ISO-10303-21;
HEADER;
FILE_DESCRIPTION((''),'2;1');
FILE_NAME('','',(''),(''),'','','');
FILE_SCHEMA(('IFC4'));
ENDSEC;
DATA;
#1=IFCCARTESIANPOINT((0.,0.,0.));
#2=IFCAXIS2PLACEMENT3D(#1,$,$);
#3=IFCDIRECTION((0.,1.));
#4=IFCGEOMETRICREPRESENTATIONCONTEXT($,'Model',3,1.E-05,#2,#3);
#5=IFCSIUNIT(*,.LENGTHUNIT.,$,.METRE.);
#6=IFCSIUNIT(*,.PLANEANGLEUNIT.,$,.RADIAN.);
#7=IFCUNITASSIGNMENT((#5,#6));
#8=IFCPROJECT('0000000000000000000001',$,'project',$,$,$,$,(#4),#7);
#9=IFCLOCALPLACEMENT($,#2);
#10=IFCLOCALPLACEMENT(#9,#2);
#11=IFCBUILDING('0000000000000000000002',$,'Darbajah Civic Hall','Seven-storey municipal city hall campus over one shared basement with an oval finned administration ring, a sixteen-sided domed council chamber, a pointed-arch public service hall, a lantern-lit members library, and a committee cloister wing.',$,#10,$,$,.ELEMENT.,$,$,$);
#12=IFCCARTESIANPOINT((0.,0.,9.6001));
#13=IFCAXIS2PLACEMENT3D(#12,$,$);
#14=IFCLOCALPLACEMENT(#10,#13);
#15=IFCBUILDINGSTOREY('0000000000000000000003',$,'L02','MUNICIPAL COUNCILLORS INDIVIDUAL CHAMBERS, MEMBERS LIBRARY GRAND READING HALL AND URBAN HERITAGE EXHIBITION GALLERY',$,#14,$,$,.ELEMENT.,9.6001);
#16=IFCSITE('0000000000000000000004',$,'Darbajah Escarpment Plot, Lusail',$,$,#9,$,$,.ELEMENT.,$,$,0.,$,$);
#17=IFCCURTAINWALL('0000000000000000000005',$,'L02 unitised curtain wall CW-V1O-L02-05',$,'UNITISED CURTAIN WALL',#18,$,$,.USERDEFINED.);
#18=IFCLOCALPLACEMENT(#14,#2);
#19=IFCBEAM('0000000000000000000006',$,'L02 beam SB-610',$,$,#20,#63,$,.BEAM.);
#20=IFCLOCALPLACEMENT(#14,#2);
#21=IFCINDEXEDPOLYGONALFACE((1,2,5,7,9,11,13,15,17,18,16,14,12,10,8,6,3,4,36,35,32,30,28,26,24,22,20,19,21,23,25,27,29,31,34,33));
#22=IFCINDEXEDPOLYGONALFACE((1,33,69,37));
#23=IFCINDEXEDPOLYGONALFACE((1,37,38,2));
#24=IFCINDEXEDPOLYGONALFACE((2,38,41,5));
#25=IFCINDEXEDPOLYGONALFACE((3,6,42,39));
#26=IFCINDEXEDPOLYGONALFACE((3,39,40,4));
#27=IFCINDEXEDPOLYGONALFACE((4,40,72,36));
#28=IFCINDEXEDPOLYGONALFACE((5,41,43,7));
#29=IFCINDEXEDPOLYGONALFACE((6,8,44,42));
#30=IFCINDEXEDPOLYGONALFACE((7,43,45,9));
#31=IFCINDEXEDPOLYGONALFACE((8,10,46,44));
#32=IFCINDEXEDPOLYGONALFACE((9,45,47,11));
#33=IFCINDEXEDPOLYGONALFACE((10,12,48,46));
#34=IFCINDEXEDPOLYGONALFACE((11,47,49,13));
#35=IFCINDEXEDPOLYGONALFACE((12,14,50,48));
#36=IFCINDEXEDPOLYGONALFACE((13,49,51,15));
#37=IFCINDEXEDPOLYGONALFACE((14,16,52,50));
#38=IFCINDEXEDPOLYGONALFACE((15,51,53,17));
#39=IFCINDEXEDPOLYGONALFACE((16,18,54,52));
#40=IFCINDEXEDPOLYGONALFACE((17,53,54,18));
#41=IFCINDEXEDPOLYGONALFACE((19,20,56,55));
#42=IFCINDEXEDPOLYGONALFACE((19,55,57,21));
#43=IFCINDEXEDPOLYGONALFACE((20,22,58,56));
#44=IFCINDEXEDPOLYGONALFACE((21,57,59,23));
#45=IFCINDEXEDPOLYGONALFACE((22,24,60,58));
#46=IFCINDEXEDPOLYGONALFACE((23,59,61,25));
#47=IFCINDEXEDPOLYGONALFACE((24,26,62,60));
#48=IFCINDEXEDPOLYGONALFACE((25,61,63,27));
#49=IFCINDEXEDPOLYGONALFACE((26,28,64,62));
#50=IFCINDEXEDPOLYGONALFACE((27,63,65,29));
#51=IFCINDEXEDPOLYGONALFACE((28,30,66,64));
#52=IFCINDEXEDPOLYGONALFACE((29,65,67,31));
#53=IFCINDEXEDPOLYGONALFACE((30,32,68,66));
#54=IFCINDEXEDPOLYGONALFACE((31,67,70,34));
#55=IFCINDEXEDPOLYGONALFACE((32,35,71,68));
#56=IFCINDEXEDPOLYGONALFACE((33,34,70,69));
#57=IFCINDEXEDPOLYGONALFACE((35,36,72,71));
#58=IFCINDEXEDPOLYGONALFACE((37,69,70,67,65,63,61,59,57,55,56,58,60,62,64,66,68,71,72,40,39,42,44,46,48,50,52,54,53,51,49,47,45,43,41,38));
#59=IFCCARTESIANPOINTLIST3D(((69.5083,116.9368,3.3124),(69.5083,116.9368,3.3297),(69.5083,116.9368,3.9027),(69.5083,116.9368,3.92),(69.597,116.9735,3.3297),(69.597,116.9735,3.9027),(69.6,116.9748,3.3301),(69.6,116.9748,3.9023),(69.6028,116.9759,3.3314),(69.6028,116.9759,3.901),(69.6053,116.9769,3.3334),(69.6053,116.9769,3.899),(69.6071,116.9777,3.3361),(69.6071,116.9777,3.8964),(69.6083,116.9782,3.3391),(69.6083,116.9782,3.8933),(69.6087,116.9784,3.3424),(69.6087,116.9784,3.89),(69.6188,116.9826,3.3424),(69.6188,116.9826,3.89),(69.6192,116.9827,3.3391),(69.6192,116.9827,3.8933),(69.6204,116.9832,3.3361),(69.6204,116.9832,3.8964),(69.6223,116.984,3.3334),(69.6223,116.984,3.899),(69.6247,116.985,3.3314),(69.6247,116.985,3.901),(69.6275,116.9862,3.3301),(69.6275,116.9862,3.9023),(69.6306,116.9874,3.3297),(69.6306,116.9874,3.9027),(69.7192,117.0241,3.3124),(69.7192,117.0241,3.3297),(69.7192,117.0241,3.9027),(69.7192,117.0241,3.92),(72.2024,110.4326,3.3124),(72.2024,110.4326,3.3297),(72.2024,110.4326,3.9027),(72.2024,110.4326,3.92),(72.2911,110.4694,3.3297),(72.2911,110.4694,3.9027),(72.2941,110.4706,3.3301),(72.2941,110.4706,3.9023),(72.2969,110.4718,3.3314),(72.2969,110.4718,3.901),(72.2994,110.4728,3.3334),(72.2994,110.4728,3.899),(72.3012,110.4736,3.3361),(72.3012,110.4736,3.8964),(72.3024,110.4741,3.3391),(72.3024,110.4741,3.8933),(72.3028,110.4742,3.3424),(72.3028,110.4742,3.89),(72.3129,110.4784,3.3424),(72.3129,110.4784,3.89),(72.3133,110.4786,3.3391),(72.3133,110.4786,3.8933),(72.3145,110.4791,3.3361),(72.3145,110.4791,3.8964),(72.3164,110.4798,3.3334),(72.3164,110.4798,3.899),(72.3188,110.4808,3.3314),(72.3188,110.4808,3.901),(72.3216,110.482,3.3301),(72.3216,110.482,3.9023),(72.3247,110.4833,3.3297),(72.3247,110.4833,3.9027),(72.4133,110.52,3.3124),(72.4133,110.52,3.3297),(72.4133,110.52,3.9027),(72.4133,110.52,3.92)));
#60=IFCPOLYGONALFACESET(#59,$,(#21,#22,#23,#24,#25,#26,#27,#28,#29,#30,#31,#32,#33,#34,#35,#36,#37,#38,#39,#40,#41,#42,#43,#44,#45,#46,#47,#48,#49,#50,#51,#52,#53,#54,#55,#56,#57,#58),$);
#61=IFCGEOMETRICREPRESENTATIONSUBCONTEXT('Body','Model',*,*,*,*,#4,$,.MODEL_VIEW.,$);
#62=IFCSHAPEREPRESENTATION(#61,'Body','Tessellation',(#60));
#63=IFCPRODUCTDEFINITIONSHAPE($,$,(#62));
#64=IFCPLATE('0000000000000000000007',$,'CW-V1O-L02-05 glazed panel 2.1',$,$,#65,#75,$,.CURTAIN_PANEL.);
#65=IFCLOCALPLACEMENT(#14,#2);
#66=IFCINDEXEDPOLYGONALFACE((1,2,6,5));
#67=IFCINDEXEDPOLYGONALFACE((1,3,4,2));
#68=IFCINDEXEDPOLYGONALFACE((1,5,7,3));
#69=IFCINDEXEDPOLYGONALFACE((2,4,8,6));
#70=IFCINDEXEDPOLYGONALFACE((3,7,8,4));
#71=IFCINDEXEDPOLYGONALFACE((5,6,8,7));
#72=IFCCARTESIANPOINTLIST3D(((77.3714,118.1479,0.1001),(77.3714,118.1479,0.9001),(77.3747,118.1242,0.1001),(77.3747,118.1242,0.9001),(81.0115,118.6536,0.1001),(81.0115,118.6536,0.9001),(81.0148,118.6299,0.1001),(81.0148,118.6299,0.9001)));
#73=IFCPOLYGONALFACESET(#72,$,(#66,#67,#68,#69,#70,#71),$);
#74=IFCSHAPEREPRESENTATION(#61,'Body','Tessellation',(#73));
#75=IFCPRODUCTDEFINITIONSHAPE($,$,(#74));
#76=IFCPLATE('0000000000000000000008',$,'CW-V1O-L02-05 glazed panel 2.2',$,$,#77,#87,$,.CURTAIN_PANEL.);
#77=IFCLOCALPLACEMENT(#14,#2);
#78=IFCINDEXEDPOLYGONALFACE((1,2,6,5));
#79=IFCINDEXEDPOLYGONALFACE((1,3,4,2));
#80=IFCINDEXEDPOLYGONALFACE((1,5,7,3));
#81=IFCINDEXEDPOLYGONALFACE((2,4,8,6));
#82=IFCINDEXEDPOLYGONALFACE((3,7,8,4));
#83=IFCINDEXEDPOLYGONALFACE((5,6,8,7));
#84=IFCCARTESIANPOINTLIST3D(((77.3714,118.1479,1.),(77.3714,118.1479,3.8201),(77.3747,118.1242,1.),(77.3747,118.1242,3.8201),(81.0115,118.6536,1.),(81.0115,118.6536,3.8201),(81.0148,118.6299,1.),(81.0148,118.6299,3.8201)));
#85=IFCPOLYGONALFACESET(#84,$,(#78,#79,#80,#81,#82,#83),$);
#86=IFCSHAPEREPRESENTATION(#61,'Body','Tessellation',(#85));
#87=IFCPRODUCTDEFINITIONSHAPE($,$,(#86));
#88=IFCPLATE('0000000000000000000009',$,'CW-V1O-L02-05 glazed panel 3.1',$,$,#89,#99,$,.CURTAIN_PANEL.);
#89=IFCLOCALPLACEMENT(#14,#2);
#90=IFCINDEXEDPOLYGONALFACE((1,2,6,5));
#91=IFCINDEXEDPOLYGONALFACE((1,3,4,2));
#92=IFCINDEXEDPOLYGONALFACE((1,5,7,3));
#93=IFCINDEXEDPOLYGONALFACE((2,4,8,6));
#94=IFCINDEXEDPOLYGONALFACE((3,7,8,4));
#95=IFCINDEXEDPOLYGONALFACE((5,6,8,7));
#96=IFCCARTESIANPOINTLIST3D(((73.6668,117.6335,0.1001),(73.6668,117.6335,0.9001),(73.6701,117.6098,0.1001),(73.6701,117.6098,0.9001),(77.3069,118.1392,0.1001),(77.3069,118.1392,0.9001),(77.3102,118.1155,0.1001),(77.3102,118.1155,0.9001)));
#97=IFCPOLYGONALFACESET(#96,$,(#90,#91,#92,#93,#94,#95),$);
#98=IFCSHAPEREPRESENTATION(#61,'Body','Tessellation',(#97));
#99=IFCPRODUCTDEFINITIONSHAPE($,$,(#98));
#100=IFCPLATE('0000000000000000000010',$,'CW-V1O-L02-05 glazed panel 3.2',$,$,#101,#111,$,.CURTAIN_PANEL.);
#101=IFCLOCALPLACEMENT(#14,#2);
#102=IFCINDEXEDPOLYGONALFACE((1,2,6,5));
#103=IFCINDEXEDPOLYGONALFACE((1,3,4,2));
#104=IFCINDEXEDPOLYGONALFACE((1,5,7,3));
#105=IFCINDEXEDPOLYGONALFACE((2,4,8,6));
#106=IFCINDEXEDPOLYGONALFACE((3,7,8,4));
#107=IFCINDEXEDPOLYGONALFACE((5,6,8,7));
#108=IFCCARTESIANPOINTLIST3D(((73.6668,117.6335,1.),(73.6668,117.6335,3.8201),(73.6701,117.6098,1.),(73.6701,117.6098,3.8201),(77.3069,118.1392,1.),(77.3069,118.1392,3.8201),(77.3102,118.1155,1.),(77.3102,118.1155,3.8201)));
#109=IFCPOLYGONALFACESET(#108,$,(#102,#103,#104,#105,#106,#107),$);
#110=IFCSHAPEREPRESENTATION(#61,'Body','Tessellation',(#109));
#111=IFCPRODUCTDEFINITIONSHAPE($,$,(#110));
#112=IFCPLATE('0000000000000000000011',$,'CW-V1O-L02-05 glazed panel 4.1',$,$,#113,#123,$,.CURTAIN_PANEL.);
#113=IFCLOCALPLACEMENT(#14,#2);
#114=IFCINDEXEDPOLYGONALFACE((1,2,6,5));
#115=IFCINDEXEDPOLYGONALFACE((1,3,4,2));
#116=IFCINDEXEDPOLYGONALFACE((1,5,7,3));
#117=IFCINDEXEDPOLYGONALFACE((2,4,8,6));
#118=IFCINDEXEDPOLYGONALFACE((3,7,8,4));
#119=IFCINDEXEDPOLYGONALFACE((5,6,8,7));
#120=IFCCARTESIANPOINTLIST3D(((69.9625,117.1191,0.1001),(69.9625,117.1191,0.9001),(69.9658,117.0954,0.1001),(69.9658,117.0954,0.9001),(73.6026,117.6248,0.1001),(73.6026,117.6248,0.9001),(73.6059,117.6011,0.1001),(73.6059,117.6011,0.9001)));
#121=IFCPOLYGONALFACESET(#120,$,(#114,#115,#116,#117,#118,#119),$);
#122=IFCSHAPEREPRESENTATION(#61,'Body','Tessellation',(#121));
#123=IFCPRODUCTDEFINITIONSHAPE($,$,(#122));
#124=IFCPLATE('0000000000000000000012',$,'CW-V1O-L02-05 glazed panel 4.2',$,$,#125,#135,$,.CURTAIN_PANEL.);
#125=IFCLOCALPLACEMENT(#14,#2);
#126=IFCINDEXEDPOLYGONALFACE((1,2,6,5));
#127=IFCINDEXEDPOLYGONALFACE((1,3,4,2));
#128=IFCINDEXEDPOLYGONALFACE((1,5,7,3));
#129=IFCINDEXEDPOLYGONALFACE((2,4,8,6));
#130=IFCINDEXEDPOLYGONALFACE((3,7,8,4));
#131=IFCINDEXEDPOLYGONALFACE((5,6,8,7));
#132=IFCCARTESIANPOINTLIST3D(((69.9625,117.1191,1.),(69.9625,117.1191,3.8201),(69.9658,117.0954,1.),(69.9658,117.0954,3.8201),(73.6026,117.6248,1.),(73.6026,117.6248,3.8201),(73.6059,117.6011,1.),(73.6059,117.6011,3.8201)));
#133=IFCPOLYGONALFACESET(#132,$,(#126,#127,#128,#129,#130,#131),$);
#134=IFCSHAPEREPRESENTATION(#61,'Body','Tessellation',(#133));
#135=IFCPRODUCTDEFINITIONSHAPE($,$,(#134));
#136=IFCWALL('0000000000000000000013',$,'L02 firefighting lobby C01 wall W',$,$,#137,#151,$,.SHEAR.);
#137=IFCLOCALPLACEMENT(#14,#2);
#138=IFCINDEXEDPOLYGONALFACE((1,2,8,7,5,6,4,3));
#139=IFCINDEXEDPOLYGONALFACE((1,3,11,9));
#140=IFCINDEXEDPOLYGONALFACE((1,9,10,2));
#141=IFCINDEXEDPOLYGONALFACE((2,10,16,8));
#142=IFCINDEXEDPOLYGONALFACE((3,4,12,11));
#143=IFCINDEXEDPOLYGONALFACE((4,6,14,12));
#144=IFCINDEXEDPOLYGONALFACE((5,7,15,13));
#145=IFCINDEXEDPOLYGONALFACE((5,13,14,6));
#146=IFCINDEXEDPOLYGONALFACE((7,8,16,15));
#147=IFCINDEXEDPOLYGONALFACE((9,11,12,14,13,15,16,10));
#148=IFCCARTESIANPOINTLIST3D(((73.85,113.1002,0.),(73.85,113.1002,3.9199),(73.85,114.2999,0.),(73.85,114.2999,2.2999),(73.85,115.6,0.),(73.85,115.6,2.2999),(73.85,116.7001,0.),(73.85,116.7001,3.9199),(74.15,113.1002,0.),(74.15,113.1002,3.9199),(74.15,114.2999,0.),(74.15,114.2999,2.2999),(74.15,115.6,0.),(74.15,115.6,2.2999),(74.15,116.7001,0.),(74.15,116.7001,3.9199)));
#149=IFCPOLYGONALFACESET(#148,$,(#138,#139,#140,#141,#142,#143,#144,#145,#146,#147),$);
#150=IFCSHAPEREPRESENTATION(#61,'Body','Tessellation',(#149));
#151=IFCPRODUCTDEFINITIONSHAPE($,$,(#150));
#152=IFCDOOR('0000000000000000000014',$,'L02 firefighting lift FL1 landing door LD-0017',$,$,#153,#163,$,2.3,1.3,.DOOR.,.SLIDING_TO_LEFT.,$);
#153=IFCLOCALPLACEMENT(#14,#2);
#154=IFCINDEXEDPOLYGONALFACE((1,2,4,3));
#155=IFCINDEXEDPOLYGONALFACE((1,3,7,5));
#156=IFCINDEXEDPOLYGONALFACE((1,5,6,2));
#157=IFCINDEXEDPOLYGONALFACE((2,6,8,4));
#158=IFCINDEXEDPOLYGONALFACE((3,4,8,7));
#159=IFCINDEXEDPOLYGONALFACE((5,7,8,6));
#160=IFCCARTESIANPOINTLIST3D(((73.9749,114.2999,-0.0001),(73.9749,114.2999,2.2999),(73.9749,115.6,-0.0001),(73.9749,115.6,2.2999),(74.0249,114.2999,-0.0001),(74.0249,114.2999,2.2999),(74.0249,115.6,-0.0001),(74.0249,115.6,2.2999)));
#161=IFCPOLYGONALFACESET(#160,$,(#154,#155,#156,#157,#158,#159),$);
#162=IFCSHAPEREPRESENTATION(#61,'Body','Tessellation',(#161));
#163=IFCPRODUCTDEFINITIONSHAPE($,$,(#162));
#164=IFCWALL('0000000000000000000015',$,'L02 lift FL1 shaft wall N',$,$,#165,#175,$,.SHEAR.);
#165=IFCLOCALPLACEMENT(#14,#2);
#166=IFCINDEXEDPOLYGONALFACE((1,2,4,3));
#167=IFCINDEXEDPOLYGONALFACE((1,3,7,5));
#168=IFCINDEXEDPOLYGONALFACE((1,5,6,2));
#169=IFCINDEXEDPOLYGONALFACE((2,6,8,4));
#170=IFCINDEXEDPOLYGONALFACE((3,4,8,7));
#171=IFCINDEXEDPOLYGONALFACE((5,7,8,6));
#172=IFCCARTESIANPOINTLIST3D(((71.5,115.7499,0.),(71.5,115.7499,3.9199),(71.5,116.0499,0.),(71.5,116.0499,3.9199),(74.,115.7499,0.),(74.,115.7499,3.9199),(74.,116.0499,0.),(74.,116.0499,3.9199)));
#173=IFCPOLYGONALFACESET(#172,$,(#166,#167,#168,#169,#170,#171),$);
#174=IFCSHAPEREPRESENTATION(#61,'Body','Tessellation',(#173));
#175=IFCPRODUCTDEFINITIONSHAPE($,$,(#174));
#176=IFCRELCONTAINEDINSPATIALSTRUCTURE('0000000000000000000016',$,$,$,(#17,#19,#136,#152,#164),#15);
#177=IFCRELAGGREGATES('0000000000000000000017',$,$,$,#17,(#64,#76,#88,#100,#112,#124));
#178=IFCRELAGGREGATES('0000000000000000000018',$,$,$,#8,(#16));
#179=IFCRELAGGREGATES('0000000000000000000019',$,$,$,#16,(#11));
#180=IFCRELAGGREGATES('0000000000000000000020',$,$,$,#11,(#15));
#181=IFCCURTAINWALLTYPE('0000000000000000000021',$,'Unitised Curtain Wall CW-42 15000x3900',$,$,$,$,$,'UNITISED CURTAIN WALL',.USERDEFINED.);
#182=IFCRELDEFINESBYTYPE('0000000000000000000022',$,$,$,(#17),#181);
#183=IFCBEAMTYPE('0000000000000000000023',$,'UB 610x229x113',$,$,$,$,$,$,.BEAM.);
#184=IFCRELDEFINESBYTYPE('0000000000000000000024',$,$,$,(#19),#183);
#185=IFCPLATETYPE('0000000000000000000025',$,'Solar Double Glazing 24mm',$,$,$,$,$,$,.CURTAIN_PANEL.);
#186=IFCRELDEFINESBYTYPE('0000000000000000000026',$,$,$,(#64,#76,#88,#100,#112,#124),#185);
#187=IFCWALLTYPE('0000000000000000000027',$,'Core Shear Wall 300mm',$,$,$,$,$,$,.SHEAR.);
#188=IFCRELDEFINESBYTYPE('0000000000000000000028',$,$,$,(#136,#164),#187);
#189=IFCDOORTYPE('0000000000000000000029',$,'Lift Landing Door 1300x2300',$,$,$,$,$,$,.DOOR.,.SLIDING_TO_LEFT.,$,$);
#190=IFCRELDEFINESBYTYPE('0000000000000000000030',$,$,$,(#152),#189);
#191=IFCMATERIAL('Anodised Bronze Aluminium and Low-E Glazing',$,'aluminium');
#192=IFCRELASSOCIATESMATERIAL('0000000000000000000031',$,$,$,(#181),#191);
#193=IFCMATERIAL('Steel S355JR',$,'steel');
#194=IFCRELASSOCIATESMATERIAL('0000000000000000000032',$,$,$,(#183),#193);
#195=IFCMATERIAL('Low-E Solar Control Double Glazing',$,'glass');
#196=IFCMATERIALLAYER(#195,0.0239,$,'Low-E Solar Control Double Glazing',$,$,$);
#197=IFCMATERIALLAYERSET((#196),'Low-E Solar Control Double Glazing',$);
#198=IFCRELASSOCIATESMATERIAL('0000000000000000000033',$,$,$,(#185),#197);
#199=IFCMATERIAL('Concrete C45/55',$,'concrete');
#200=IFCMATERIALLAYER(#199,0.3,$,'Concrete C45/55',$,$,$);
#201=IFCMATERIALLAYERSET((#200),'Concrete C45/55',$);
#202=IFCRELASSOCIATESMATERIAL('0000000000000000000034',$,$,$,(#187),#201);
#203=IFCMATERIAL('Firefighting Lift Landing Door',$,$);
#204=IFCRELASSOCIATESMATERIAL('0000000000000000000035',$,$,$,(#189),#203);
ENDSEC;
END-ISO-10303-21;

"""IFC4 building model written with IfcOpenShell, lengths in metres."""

from ifc_helpers import new_model, si_unit, direction, frame, frame_2d, origin, origin_2d, place, context, subcontext, project, spatial, rectangle, i_section, extrude, material, layer, layer_set, material_profile, profile_set, type_object, element, fill, aggregate, save


model = new_model("IFC4")

# Units and contexts
model_context = context("Model", 3, precision=1e-05, world=origin(), true_north=direction((0.0, 1.0)))
body_context = subcontext(model_context, "Body", "Model", "MODEL_VIEW")
ifc_project = project(units=[si_unit("LENGTHUNIT", "METRE"), si_unit("PLANEANGLEUNIT", "RADIAN")], contexts=[model_context])

# Site, building, storey
site_placement = place(None, origin())
site = spatial("IfcSite", under=ifc_project, at=site_placement, Name="Darbajah Escarpment Plot, Lusail", CompositionType="ELEMENT", RefElevation=0.0)
building_placement = place(site_placement, origin())
building = spatial("IfcBuilding", under=site, at=building_placement, Name="Darbajah Civic Hall", Description="Seven-storey municipal city hall campus over one shared basement with an oval finned administration ring, a sixteen-sided domed council chamber, a pointed-arch public service hall, a lantern-lit members library, and a committee cloister wing.", CompositionType="ELEMENT")
storey_placement = place(building_placement, frame((0.0, 0.0, 9.6001)))
storey = spatial("IfcBuildingStorey", under=building, at=storey_placement, Name="L02", Description="MUNICIPAL COUNCILLORS INDIVIDUAL CHAMBERS, MEMBERS LIBRARY GRAND READING HALL AND URBAN HERITAGE EXHIBITION GALLERY", CompositionType="ELEMENT", Elevation=9.6001)

# Shared definitions
ifc_material_1 = material(Name="Concrete C45/55", Category="concrete")

# Curtain wall
ifc_material_2 = material(Name="Anodised Bronze Aluminium and Low-E Glazing", Category="aluminium")
curtain_wall_type = type_object("IfcCurtainWallType", Name="Unitised Curtain Wall CW-42 15000x3900", ElementType="UNITISED CURTAIN WALL", PredefinedType="USERDEFINED", material=ifc_material_2)
curtain_wall_placement = place(storey_placement, origin())
curtain_wall = element("IfcCurtainWall", 1, at=curtain_wall_placement, inside=storey, type_object=curtain_wall_type, Name="L02 unitised curtain wall CW-V1O-L02-05", ObjectType="UNITISED CURTAIN WALL", PredefinedType="USERDEFINED")

# Beam
ifc_material_3 = material(Name="Steel S355JR", Category="steel")
ifc_material_profile_1 = material_profile(ifc_material_3, i_section(OverallWidth=0.2283, OverallDepth=0.6077, WebThickness=0.011, FlangeThickness=0.0173, FilletRadius=0.0127, at=origin_2d()), Name="UB 610x229x113")
ifc_profile_set_1 = profile_set([ifc_material_profile_1], Name="Steel S355JR")
beam_type_1 = type_object("IfcBeamType", Name="UB 610x229x113", PredefinedType="BEAM", material=ifc_profile_set_1)
beam_1_placement = place(storey_placement, frame((72.3079, 110.4763, 3.6162), z_axis=(-0.382682, 0.92388, 0.0), x_axis=(-0.92388, -0.382682, 0.0)))
element("IfcBeam", 2, at=beam_1_placement, inside=storey, type_object=beam_type_1, Name="L02 beam SB-610", PredefinedType="BEAM", context=body_context, shape_type="SweptSolid", body=[
    extrude(i_section(OverallWidth=0.2283, OverallDepth=0.6077, WebThickness=0.011, FlangeThickness=0.0173, FilletRadius=0.0127, at=origin_2d()), origin(), (0.0, 0.0, 1.0), 7.04),
])

# Plates
ifc_material_4 = material(Name="Low-E Solar Control Double Glazing", Category="glass")
ifc_layer_1 = layer(ifc_material_4, 0.0239, Name="Low-E Solar Control Double Glazing")
ifc_layer_set_1 = layer_set([ifc_layer_1], Name="Low-E Solar Control Double Glazing")
plate_type = type_object("IfcPlateType", Name="Solar Double Glazing 24mm", PredefinedType="CURTAIN_PANEL", material=ifc_layer_set_1)
plate_1_placement = place(storey_placement, frame((79.1931, 118.3889, 0.1001), z_axis=(0.0, 0.0, 1.0), x_axis=(-0.990485, -0.137617, 0.0)))
plate_1 = element("IfcPlate", 3, at=plate_1_placement, type_object=plate_type, Name="CW-V1O-L02-05 glazed panel 2.1", PredefinedType="CURTAIN_PANEL", context=body_context, shape_type="SweptSolid", body=[
    extrude(rectangle(XDim=3.675, YDim=0.0239, at=origin_2d()), origin(), (0.0, 0.0, 1.0), 0.8),
])
plate_2_placement = place(storey_placement, frame((79.1931, 118.3889, 1.0), z_axis=(0.0, 0.0, 1.0), x_axis=(-0.990485, -0.137617, 0.0)))
plate_2 = element("IfcPlate", 4, at=plate_2_placement, type_object=plate_type, Name="CW-V1O-L02-05 glazed panel 2.2", PredefinedType="CURTAIN_PANEL", context=body_context, shape_type="SweptSolid", body=[
    extrude(rectangle(XDim=3.675, YDim=0.0239, at=origin_2d()), origin(), (0.0, 0.0, 1.0), 2.8201),
])
plate_3_placement = place(storey_placement, frame((75.4885, 117.8745, 0.1001), z_axis=(0.0, 0.0, 1.0), x_axis=(-0.990485, -0.137617, 0.0)))
plate_3 = element("IfcPlate", 5, at=plate_3_placement, type_object=plate_type, Name="CW-V1O-L02-05 glazed panel 3.1", PredefinedType="CURTAIN_PANEL", context=body_context, shape_type="SweptSolid", body=[
    extrude(rectangle(XDim=3.675, YDim=0.0239, at=origin_2d()), origin(), (0.0, 0.0, 1.0), 0.8),
])
plate_4_placement = place(storey_placement, frame((75.4885, 117.8745, 1.0), z_axis=(0.0, 0.0, 1.0), x_axis=(-0.990485, -0.137617, 0.0)))
plate_4 = element("IfcPlate", 6, at=plate_4_placement, type_object=plate_type, Name="CW-V1O-L02-05 glazed panel 3.2", PredefinedType="CURTAIN_PANEL", context=body_context, shape_type="SweptSolid", body=[
    extrude(rectangle(XDim=3.675, YDim=0.0239, at=origin_2d()), origin(), (0.0, 0.0, 1.0), 2.8201),
])
plate_5_placement = place(storey_placement, frame((71.7842, 117.3601, 0.1001), z_axis=(0.0, 0.0, 1.0), x_axis=(-0.990485, -0.137617, 0.0)))
plate_5 = element("IfcPlate", 7, at=plate_5_placement, type_object=plate_type, Name="CW-V1O-L02-05 glazed panel 4.1", PredefinedType="CURTAIN_PANEL", context=body_context, shape_type="SweptSolid", body=[
    extrude(rectangle(XDim=3.675, YDim=0.0239, at=origin_2d()), origin(), (0.0, 0.0, 1.0), 0.8),
])
plate_6_placement = place(storey_placement, frame((71.7842, 117.3601, 1.0), z_axis=(0.0, 0.0, 1.0), x_axis=(-0.990485, -0.137617, 0.0)))
plate_6 = element("IfcPlate", 8, at=plate_6_placement, type_object=plate_type, Name="CW-V1O-L02-05 glazed panel 4.2", PredefinedType="CURTAIN_PANEL", context=body_context, shape_type="SweptSolid", body=[
    extrude(rectangle(XDim=3.675, YDim=0.0239, at=origin_2d()), origin(), (0.0, 0.0, 1.0), 2.8201),
])
aggregate(curtain_wall, [plate_1, plate_2, plate_3, plate_4, plate_5, plate_6])

# Wall, opening, door
ifc_layer_2 = layer(ifc_material_1, 0.3, Name="Concrete C45/55")
ifc_layer_set_2 = layer_set([ifc_layer_2], Name="Concrete C45/55")
wall_type_1 = type_object("IfcWallType", Name="Core Shear Wall 300mm", PredefinedType="SHEAR", material=ifc_layer_set_2)
wall_1_placement = place(storey_placement, frame((74.0, 116.7, 0.0), z_axis=(0.0, 0.0, 1.0), x_axis=(0.0, -1.0, 0.0)))
wall_1 = element("IfcWall", 9, at=wall_1_placement, inside=storey, type_object=wall_type_1, Name="L02 firefighting lobby C01 wall W", PredefinedType="SHEAR", context=body_context, shape_type="SweptSolid", body=[
    extrude(rectangle(XDim=3.5999, YDim=0.3, at=frame_2d((1.7998, 0.0))), origin(), (0.0, 0.0, 1.0), 3.9199),
])
opening_1_placement = place(wall_1_placement, frame((1.1001, 0.0, 0.0)))
opening_1 = element("IfcOpeningElement", 10, at=opening_1_placement, cuts=wall_1, PredefinedType="OPENING", context=body_context, shape_type="SweptSolid", body=[
    extrude(rectangle(XDim=1.3, YDim=2.3, at=frame_2d((0.6499, 1.1499))), frame((0.0, 0.1599, 0.0), z_axis=(0.0, -1.0, 0.0), x_axis=(1.0, 0.0, 0.0)), (0.0, 0.0, 1.0), 0.3201),
])
ifc_material_5 = material(Name="Firefighting Lift Landing Door")
door_type_1 = type_object("IfcDoorType", Name="Lift Landing Door 1300x2300", OperationType="SLIDING_TO_LEFT", PredefinedType="DOOR", material=ifc_material_5)
door_1_placement = place(opening_1_placement, origin())
door_1 = element("IfcDoor", 11, at=door_1_placement, inside=storey, type_object=door_type_1, Name="L02 firefighting lift FL1 landing door LD-0017", OperationType="SLIDING_TO_LEFT", OverallHeight=2.3, OverallWidth=1.3, PredefinedType="DOOR", context=body_context, shape_type="SweptSolid", body=[
    extrude(rectangle(XDim=1.3, YDim=2.3, at=frame_2d((0.6499, 1.1499))), frame((0.0, 0.0249, 0.0), z_axis=(0.0, -1.0, 0.0), x_axis=(1.0, 0.0, 0.0)), (0.0, 0.0, 1.0), 0.05),
])
fill(opening_1, door_1)

# Wall
wall_2_placement = place(storey_placement, frame((74.0, 115.8999, 0.0), z_axis=(0.0, 0.0, 1.0), x_axis=(-1.0, 0.0, 0.0)))
element("IfcWall", 12, at=wall_2_placement, inside=storey, type_object=wall_type_1, Name="L02 lift FL1 shaft wall N", PredefinedType="SHEAR", context=body_context, shape_type="SweptSolid", body=[
    extrude(rectangle(XDim=2.5, YDim=0.3, at=frame_2d((1.25, 0.0))), origin(), (0.0, 0.0, 1.0), 3.9199),
])

save(model, "model.ifc")
